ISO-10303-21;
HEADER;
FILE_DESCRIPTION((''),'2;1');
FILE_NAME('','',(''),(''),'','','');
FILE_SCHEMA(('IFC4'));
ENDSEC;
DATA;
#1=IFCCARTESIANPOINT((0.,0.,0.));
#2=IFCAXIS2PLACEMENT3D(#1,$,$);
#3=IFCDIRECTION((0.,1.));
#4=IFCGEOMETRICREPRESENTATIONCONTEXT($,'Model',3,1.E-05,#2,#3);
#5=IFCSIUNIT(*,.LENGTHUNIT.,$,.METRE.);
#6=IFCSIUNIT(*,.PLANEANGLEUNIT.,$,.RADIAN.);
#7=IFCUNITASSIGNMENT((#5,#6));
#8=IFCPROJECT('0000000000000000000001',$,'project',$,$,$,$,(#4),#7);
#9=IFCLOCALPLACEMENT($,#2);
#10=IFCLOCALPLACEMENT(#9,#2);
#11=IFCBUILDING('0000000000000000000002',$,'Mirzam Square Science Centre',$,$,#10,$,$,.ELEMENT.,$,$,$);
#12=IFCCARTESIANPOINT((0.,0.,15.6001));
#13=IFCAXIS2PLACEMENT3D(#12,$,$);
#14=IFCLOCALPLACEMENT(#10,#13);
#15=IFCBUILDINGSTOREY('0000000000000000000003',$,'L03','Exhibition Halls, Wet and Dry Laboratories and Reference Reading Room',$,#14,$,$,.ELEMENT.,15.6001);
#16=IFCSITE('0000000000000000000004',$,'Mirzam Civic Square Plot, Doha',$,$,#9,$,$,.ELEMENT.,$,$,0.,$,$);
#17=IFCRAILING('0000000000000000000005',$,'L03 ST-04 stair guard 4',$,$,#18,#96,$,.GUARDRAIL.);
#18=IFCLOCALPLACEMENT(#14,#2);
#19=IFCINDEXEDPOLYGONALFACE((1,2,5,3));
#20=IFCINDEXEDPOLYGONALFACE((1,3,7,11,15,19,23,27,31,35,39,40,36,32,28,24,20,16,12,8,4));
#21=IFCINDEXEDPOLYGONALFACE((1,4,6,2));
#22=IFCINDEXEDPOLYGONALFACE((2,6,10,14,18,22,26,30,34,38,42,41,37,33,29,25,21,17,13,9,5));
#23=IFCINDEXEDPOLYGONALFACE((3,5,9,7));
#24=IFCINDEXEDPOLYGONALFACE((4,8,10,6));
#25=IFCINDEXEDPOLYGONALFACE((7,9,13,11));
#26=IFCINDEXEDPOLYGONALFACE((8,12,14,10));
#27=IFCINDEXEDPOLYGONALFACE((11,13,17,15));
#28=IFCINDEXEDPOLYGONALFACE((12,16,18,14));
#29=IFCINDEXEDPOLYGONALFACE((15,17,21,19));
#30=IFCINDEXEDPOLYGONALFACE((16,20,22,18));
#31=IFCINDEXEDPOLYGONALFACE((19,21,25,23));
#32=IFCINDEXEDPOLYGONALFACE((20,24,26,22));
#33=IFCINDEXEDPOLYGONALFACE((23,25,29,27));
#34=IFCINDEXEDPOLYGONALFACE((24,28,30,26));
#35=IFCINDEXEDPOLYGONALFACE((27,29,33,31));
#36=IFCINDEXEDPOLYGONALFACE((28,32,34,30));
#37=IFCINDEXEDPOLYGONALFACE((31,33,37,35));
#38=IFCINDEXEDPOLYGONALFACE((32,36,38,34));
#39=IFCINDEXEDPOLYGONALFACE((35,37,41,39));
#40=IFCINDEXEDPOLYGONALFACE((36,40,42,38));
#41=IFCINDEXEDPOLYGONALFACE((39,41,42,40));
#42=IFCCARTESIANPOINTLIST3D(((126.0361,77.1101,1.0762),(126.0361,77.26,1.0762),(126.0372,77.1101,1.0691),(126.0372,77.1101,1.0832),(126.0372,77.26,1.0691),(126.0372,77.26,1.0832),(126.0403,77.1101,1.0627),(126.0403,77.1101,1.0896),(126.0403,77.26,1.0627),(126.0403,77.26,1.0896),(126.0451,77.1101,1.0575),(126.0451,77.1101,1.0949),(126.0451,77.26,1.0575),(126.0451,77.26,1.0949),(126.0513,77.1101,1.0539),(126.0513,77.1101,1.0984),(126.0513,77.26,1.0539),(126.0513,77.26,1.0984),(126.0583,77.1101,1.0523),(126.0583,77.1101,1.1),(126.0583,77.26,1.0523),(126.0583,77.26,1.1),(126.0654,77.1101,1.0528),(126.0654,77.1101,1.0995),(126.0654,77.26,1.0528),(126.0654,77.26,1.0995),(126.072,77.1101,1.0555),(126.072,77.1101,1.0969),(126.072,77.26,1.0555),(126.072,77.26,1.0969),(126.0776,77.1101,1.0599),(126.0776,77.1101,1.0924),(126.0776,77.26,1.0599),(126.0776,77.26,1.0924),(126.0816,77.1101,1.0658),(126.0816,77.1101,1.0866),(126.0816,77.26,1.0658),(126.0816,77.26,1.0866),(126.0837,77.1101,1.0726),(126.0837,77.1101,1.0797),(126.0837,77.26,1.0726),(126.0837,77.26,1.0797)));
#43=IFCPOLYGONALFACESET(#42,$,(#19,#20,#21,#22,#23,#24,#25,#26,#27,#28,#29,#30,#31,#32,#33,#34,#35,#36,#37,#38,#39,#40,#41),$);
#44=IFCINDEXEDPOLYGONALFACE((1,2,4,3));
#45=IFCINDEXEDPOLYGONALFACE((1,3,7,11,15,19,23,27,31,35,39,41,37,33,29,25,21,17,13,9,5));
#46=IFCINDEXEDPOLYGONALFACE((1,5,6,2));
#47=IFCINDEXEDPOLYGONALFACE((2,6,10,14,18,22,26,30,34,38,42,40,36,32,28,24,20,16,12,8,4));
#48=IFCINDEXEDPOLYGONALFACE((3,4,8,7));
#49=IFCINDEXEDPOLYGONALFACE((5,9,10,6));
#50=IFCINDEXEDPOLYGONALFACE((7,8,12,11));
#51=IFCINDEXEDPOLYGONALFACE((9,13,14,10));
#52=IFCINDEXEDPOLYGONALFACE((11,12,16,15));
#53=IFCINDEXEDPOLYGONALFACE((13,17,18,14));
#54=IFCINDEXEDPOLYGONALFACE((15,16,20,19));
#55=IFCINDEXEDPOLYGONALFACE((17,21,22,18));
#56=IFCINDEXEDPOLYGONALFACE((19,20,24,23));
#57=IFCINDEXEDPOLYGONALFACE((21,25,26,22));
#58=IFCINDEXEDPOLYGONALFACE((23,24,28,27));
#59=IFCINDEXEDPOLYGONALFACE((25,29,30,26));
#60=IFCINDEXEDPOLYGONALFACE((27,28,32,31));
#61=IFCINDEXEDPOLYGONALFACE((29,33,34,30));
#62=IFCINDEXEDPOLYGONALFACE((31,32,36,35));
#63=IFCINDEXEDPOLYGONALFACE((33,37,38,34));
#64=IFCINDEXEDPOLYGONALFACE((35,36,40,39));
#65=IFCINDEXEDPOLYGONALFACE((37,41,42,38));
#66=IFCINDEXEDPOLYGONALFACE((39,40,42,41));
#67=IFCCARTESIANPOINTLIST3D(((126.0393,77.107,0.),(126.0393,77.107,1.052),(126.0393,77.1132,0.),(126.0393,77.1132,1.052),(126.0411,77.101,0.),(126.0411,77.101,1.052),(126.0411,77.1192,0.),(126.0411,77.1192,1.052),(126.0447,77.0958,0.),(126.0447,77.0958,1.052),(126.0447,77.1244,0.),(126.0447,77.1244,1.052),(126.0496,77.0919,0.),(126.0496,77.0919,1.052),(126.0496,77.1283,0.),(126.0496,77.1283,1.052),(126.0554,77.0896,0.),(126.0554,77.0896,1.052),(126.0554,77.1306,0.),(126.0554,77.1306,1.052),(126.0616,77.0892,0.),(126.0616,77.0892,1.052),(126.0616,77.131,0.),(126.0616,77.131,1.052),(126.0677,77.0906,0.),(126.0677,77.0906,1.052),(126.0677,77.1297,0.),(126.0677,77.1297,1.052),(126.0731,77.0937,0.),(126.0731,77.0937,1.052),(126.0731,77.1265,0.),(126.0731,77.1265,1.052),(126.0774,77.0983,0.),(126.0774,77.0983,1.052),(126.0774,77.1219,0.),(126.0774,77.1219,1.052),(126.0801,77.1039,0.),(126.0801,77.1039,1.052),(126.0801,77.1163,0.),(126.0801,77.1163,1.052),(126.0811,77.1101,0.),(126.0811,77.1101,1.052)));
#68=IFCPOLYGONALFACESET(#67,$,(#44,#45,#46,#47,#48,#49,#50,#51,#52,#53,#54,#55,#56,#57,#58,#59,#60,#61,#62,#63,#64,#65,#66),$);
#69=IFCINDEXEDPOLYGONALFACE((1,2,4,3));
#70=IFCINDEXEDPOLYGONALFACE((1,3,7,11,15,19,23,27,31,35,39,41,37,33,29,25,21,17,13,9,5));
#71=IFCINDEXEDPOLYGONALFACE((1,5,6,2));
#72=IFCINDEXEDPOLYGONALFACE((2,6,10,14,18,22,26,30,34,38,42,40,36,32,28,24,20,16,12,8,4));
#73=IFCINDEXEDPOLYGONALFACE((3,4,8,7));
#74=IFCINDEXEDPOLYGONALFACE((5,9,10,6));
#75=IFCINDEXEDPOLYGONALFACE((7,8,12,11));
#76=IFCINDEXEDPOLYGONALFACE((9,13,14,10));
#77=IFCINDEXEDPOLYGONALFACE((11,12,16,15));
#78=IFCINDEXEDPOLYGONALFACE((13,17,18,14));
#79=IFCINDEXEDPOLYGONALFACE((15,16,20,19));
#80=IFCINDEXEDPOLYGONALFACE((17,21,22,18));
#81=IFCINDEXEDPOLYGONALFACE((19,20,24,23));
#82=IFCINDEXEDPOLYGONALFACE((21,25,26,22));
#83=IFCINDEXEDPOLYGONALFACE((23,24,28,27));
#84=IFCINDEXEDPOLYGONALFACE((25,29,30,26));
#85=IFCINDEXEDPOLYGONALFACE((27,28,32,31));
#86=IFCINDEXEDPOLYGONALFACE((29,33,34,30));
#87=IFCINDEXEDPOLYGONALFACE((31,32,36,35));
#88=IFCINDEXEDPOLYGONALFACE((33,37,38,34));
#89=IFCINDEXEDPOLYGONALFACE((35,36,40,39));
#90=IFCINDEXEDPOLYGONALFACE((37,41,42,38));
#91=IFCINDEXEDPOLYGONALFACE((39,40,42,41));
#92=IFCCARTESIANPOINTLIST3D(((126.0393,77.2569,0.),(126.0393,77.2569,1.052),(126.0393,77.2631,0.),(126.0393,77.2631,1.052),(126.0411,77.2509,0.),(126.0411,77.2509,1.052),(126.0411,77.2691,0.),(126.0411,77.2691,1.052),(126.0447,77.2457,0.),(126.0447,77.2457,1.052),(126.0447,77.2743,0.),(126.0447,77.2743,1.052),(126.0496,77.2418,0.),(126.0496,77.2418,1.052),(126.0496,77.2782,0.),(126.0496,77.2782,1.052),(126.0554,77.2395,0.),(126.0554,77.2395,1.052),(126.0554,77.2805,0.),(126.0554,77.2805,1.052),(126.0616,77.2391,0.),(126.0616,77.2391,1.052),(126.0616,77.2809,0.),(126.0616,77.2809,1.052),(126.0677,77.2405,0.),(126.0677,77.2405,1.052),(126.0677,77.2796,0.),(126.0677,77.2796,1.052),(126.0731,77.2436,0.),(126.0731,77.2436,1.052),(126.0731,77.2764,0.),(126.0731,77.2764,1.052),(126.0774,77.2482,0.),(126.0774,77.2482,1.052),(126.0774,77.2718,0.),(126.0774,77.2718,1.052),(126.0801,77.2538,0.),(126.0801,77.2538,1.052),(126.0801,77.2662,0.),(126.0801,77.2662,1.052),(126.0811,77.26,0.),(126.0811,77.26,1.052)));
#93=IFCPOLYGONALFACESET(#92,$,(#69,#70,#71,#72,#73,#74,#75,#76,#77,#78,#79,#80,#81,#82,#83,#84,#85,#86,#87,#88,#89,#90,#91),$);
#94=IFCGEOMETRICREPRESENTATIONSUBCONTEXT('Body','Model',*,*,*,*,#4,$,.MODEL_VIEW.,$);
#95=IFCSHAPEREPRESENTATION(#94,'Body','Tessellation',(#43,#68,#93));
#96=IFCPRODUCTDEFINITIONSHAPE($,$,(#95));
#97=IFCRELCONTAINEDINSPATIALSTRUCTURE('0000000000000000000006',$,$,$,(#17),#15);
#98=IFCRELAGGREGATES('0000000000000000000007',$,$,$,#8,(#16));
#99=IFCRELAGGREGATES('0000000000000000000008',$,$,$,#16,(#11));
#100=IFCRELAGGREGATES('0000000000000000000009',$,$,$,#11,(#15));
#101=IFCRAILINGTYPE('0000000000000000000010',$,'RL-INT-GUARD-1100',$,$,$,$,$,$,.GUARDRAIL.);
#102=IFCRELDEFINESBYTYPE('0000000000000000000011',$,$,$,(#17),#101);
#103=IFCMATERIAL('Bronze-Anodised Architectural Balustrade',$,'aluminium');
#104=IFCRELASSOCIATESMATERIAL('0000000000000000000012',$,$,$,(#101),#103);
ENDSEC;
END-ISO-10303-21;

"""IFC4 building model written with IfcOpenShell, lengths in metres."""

from ifc_helpers import new_model, si_unit, direction, frame, origin, origin_2d, place, context, subcontext, project, spatial, circle, extrude, material, type_object, element, save


model = new_model("IFC4")

# Units and contexts
model_context = context("Model", 3, precision=1e-05, world=origin(), true_north=direction((0.0, 1.0)))
body_context = subcontext(model_context, "Body", "Model", "MODEL_VIEW")
ifc_project = project(units=[si_unit("LENGTHUNIT", "METRE"), si_unit("PLANEANGLEUNIT", "RADIAN")], contexts=[model_context])

# Site, building, storey
site_placement = place(None, origin())
site = spatial("IfcSite", under=ifc_project, at=site_placement, Name="Mirzam Civic Square Plot, Doha", CompositionType="ELEMENT", RefElevation=0.0)
building_placement = place(site_placement, origin())
building = spatial("IfcBuilding", under=site, at=building_placement, Name="Mirzam Square Science Centre", CompositionType="ELEMENT")
storey_placement = place(building_placement, frame((0.0, 0.0, 15.6001)))
storey = spatial("IfcBuildingStorey", under=building, at=storey_placement, Name="L03", Description="Exhibition Halls, Wet and Dry Laboratories and Reference Reading Room", CompositionType="ELEMENT", Elevation=15.6001)

# Railing
ifc_material_1 = material(Name="Bronze-Anodised Architectural Balustrade", Category="aluminium")
railing_type_1 = type_object("IfcRailingType", Name="RL-INT-GUARD-1100", PredefinedType="GUARDRAIL", material=ifc_material_1)
railing_1_placement = place(storey_placement, frame((126.0601, 77.1101, 0.0)))
element("IfcRailing", 1, at=railing_1_placement, inside=storey, type_object=railing_type_1, Name="L03 ST-04 stair guard 4", PredefinedType="GUARDRAIL", context=body_context, shape_type="SweptSolid", body=[
    extrude(circle(Radius=0.0239, at=origin_2d()), frame((0.0, 0.0, 1.0762), z_axis=(0.0, 1.0, 0.0), x_axis=(-1.0, 0.0, 0.0)), (0.0, 0.0, 1.0), 0.1499),
    extrude(circle(Radius=0.021, at=origin_2d()), origin(), (0.0, 0.0, 1.0), 1.052),
    extrude(circle(Radius=0.021, at=origin_2d()), frame((0.0, 0.1499, 0.0)), (0.0, 0.0, 1.0), 1.052),
])

save(model, "model.ifc")
